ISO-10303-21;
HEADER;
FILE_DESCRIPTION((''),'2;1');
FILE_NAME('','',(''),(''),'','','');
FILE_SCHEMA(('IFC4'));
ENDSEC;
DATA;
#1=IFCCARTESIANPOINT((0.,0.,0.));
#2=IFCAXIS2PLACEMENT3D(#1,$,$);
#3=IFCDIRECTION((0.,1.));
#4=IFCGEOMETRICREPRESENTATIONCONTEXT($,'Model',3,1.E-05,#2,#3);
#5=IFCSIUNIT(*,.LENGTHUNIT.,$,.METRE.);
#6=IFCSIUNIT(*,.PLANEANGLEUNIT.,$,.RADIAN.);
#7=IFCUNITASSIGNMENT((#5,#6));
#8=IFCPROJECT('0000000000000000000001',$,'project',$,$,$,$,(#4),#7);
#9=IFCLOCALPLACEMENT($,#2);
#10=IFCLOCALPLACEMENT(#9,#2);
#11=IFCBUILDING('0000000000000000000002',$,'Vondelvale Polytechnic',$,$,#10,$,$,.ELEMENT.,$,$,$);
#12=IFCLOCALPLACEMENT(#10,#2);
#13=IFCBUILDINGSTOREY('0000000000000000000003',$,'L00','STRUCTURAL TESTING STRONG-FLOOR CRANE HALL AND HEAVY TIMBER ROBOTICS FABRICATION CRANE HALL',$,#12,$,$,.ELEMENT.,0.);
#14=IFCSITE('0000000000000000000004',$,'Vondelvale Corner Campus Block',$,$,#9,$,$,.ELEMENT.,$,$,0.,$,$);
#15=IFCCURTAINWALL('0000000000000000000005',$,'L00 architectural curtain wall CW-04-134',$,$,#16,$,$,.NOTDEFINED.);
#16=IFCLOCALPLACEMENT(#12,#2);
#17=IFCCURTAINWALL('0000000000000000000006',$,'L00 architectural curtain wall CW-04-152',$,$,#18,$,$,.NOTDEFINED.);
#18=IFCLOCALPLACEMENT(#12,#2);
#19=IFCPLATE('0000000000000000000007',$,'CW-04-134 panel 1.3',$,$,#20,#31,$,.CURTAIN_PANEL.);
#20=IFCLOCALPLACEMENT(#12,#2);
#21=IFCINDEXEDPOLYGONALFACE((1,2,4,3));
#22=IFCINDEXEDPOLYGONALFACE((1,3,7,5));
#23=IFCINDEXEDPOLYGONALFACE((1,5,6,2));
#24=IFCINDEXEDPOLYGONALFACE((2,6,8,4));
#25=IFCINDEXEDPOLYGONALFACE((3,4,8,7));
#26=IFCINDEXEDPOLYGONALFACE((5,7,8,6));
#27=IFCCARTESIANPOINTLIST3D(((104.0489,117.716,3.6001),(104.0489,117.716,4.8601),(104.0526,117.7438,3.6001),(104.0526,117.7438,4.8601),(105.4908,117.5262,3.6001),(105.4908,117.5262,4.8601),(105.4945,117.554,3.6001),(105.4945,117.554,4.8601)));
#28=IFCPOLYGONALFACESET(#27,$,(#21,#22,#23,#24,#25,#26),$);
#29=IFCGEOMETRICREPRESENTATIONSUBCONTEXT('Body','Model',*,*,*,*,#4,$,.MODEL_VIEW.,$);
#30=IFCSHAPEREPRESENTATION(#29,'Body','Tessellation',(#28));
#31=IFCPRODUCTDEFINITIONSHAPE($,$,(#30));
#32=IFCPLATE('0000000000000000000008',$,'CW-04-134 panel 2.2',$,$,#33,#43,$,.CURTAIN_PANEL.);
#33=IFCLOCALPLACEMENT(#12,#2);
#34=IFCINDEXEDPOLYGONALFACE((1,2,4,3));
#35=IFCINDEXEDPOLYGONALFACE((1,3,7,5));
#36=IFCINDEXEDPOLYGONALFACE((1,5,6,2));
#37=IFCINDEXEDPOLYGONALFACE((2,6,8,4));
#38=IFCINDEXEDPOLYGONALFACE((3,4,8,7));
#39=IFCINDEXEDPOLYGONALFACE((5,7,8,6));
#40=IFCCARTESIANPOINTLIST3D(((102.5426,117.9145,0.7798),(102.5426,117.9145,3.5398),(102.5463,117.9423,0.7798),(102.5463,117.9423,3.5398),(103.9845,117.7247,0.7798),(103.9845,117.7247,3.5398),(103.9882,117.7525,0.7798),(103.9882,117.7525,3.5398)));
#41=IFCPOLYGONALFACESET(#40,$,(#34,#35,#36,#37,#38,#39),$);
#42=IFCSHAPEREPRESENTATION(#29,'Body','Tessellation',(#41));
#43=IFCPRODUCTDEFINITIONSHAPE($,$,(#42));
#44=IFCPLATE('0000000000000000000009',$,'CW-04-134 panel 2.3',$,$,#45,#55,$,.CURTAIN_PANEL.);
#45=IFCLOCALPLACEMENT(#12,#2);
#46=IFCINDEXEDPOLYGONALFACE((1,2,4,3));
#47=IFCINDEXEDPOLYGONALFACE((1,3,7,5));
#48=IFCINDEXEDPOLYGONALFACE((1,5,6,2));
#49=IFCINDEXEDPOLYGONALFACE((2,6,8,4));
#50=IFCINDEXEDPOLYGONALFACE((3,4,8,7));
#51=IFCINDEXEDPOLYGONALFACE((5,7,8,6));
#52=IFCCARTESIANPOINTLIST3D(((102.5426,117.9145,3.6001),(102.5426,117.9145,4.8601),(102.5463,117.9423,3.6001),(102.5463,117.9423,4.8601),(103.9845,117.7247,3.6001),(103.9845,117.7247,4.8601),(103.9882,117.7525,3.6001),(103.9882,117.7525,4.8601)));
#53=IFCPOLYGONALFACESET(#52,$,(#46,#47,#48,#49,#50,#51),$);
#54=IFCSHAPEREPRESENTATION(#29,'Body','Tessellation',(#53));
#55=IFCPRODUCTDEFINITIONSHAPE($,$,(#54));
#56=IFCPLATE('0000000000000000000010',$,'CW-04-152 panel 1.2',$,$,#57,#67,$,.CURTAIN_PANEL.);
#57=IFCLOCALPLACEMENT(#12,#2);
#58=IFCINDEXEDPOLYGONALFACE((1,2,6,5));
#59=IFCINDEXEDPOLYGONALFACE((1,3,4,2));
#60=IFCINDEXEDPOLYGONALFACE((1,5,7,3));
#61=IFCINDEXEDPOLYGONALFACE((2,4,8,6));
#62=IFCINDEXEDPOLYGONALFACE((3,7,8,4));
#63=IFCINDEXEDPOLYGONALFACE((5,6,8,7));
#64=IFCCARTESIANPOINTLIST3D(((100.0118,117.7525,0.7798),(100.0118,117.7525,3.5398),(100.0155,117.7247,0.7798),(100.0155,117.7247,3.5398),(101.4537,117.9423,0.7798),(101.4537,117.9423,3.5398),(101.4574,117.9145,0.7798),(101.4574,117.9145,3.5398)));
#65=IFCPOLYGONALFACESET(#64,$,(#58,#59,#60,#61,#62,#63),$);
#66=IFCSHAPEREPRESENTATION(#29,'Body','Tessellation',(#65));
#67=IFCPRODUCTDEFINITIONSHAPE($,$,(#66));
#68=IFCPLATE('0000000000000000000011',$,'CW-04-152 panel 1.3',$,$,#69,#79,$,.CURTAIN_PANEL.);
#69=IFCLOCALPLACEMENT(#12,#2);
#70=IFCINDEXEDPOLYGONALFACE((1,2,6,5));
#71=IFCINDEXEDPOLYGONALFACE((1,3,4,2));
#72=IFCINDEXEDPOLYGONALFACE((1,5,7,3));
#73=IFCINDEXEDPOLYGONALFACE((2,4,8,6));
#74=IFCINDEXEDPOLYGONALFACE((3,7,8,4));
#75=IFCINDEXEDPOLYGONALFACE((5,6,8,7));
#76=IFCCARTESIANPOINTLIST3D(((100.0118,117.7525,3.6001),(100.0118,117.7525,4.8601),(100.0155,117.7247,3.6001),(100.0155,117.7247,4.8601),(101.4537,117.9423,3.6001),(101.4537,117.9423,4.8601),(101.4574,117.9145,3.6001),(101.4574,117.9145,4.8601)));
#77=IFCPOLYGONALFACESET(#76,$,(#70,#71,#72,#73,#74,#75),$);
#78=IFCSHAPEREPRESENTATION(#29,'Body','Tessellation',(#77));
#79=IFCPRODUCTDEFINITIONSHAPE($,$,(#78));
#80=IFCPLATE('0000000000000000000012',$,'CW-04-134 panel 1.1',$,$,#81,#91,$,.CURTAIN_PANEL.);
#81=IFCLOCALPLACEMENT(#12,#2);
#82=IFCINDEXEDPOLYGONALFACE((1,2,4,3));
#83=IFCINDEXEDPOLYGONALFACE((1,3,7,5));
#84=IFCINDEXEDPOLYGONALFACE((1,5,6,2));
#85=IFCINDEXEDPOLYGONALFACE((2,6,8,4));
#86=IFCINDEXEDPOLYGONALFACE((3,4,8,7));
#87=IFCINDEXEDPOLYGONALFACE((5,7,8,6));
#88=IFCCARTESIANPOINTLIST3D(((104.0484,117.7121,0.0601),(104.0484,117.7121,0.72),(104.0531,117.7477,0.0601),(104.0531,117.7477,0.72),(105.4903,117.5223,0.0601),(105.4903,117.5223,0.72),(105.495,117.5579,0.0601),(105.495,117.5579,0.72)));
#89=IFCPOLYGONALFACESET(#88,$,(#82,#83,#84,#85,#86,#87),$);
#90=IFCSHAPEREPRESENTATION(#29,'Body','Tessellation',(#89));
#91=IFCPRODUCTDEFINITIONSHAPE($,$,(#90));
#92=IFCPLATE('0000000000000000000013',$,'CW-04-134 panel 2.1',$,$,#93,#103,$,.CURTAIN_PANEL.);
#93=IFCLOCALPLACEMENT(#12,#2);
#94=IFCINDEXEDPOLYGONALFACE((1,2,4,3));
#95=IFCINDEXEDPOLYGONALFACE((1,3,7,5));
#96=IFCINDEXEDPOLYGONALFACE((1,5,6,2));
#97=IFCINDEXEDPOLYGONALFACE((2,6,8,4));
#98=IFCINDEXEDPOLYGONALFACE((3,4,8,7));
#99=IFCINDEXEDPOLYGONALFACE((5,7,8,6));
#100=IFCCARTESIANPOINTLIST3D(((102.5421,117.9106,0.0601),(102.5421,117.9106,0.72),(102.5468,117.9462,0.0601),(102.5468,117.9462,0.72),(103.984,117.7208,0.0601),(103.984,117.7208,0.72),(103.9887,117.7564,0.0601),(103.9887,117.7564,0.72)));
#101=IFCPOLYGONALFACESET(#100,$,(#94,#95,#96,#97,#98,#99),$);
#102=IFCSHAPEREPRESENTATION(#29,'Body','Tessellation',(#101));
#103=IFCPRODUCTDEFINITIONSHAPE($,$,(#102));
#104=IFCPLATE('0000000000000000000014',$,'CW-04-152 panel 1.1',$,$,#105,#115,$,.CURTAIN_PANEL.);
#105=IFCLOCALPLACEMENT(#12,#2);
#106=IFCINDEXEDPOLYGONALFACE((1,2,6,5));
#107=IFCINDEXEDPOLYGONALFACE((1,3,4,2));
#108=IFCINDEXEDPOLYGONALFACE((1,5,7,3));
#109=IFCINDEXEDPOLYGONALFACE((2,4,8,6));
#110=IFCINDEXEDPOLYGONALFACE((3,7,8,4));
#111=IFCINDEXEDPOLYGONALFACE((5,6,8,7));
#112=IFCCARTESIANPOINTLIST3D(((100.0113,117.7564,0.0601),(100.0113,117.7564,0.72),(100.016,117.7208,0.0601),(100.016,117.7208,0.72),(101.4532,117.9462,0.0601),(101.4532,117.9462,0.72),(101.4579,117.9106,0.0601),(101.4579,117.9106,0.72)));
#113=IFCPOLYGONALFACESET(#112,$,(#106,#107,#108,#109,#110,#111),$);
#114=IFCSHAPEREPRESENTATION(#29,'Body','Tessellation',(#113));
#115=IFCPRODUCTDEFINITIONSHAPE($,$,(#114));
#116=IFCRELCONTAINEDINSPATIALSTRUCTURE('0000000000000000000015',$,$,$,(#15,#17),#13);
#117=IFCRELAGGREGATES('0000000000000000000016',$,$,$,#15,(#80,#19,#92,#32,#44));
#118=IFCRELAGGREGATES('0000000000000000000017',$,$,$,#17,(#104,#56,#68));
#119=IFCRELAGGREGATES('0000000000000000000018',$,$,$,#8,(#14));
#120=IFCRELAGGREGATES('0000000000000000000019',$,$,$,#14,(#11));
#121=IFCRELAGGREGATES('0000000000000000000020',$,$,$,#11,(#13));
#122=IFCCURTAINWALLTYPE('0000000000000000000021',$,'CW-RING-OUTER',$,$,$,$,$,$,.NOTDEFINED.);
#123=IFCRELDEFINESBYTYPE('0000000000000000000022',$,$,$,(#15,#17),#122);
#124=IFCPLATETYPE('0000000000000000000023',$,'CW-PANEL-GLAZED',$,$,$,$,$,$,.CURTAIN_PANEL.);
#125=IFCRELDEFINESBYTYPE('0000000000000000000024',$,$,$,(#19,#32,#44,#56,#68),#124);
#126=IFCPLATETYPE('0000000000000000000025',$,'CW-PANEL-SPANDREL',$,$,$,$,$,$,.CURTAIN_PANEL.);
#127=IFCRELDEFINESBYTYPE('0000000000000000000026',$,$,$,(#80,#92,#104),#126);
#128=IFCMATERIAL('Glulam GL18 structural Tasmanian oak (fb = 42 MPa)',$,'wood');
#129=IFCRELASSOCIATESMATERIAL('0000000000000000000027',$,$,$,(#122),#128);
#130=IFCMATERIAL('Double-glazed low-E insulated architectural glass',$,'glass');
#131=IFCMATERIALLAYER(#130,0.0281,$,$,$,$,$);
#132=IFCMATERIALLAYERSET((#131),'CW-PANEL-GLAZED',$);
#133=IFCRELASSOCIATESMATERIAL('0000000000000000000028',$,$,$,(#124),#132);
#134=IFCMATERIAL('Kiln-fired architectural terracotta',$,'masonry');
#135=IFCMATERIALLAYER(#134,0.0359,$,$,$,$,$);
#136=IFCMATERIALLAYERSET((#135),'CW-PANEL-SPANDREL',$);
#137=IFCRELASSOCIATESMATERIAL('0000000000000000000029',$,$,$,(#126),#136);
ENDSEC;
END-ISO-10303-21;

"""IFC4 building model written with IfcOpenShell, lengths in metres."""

from ifc_helpers import new_model, si_unit, direction, frame, origin, origin_2d, place, context, subcontext, project, spatial, rectangle, extrude, material, layer, layer_set, type_object, element, aggregate, save


model = new_model("IFC4")

# Units and contexts
model_context = context("Model", 3, precision=1e-05, world=origin(), true_north=direction((0.0, 1.0)))
body_context = subcontext(model_context, "Body", "Model", "MODEL_VIEW")
ifc_project = project(units=[si_unit("LENGTHUNIT", "METRE"), si_unit("PLANEANGLEUNIT", "RADIAN")], contexts=[model_context])

# Site, building, storey
site_placement = place(None, origin())
site = spatial("IfcSite", under=ifc_project, at=site_placement, Name="Vondelvale Corner Campus Block", CompositionType="ELEMENT", RefElevation=0.0)
building_placement = place(site_placement, origin())
building = spatial("IfcBuilding", under=site, at=building_placement, Name="Vondelvale Polytechnic", CompositionType="ELEMENT")
storey_placement = place(building_placement, origin())
storey = spatial("IfcBuildingStorey", under=building, at=storey_placement, Name="L00", Description="STRUCTURAL TESTING STRONG-FLOOR CRANE HALL AND HEAVY TIMBER ROBOTICS FABRICATION CRANE HALL", CompositionType="ELEMENT", Elevation=0.0)

# Curtain wall
ifc_material_1 = material(Name="Glulam GL18 structural Tasmanian oak (fb = 42 MPa)", Category="wood")
curtain_wall_type = type_object("IfcCurtainWallType", Name="CW-RING-OUTER", PredefinedType="NOTDEFINED", material=ifc_material_1)
curtain_wall_1_placement = place(storey_placement, origin())
curtain_wall_1 = element("IfcCurtainWall", 1, at=curtain_wall_1_placement, inside=storey, type_object=curtain_wall_type, Name="L00 architectural curtain wall CW-04-134", PredefinedType="NOTDEFINED")

# Curtain wall
curtain_wall_2_placement = place(storey_placement, origin())
curtain_wall_2 = element("IfcCurtainWall", 2, at=curtain_wall_2_placement, inside=storey, type_object=curtain_wall_type, Name="L00 architectural curtain wall CW-04-152", PredefinedType="NOTDEFINED")

# Plates
ifc_material_2 = material(Name="Double-glazed low-E insulated architectural glass", Category="glass")
ifc_layer_1 = layer(ifc_material_2, 0.0281)
ifc_layer_set_1 = layer_set([ifc_layer_1], Name="CW-PANEL-GLAZED")
plate_type_1 = type_object("IfcPlateType", Name="CW-PANEL-GLAZED", PredefinedType="CURTAIN_PANEL", material=ifc_layer_set_1)
plate_1_placement = place(storey_placement, frame((104.7717, 117.635, 3.6001), z_axis=(0.0, 0.0, 1.0), x_axis=(-0.991445, 0.130524, 0.0)))
plate_1 = element("IfcPlate", 3, at=plate_1_placement, type_object=plate_type_1, Name="CW-04-134 panel 1.3", PredefinedType="CURTAIN_PANEL", context=body_context, shape_type="SweptSolid", body=[
    extrude(rectangle(XDim=1.4543, YDim=0.0281, at=origin_2d()), origin(), (0.0, 0.0, 1.0), 1.26),
])
plate_2_placement = place(storey_placement, frame((103.2654, 117.8335, 0.7798), z_axis=(0.0, 0.0, 1.0), x_axis=(-0.991445, 0.130524, 0.0)))
plate_2 = element("IfcPlate", 4, at=plate_2_placement, type_object=plate_type_1, Name="CW-04-134 panel 2.2", PredefinedType="CURTAIN_PANEL", context=body_context, shape_type="SweptSolid", body=[
    extrude(rectangle(XDim=1.4543, YDim=0.0281, at=origin_2d()), origin(), (0.0, 0.0, 1.0), 2.76),
])
plate_3_placement = place(storey_placement, frame((103.2654, 117.8335, 3.6001), z_axis=(0.0, 0.0, 1.0), x_axis=(-0.991445, 0.130524, 0.0)))
plate_3 = element("IfcPlate", 5, at=plate_3_placement, type_object=plate_type_1, Name="CW-04-134 panel 2.3", PredefinedType="CURTAIN_PANEL", context=body_context, shape_type="SweptSolid", body=[
    extrude(rectangle(XDim=1.4543, YDim=0.0281, at=origin_2d()), origin(), (0.0, 0.0, 1.0), 1.26),
])
plate_4_placement = place(storey_placement, frame((100.7346, 117.8335, 0.7798), z_axis=(0.0, 0.0, 1.0), x_axis=(-0.991445, -0.130524, 0.0)))
plate_4 = element("IfcPlate", 6, at=plate_4_placement, type_object=plate_type_1, Name="CW-04-152 panel 1.2", PredefinedType="CURTAIN_PANEL", context=body_context, shape_type="SweptSolid", body=[
    extrude(rectangle(XDim=1.4543, YDim=0.0281, at=origin_2d()), origin(), (0.0, 0.0, 1.0), 2.76),
])
plate_5_placement = place(storey_placement, frame((100.7346, 117.8335, 3.6001), z_axis=(0.0, 0.0, 1.0), x_axis=(-0.991445, -0.130524, 0.0)))
plate_5 = element("IfcPlate", 7, at=plate_5_placement, type_object=plate_type_1, Name="CW-04-152 panel 1.3", PredefinedType="CURTAIN_PANEL", context=body_context, shape_type="SweptSolid", body=[
    extrude(rectangle(XDim=1.4543, YDim=0.0281, at=origin_2d()), origin(), (0.0, 0.0, 1.0), 1.26),
])
ifc_material_3 = material(Name="Kiln-fired architectural terracotta", Category="masonry")
ifc_layer_2 = layer(ifc_material_3, 0.0359)
ifc_layer_set_2 = layer_set([ifc_layer_2], Name="CW-PANEL-SPANDREL")
plate_type_2 = type_object("IfcPlateType", Name="CW-PANEL-SPANDREL", PredefinedType="CURTAIN_PANEL", material=ifc_layer_set_2)
plate_6_placement = place(storey_placement, frame((104.7717, 117.635, 0.0601), z_axis=(0.0, 0.0, 1.0), x_axis=(-0.991445, 0.130524, 0.0)))
plate_6 = element("IfcPlate", 8, at=plate_6_placement, type_object=plate_type_2, Name="CW-04-134 panel 1.1", PredefinedType="CURTAIN_PANEL", context=body_context, shape_type="SweptSolid", body=[
    extrude(rectangle(XDim=1.4543, YDim=0.0359, at=origin_2d()), origin(), (0.0, 0.0, 1.0), 0.6599),
])
plate_7_placement = place(storey_placement, frame((103.2654, 117.8335, 0.0601), z_axis=(0.0, 0.0, 1.0), x_axis=(-0.991445, 0.130524, 0.0)))
plate_7 = element("IfcPlate", 9, at=plate_7_placement, type_object=plate_type_2, Name="CW-04-134 panel 2.1", PredefinedType="CURTAIN_PANEL", context=body_context, shape_type="SweptSolid", body=[
    extrude(rectangle(XDim=1.4543, YDim=0.0359, at=origin_2d()), origin(), (0.0, 0.0, 1.0), 0.6599),
])
aggregate(curtain_wall_1, [plate_6, plate_1, plate_7, plate_2, plate_3])
plate_8_placement = place(storey_placement, frame((100.7346, 117.8335, 0.0601), z_axis=(0.0, 0.0, 1.0), x_axis=(-0.991445, -0.130524, 0.0)))
plate_8 = element("IfcPlate", 10, at=plate_8_placement, type_object=plate_type_2, Name="CW-04-152 panel 1.1", PredefinedType="CURTAIN_PANEL", context=body_context, shape_type="SweptSolid", body=[
    extrude(rectangle(XDim=1.4543, YDim=0.0359, at=origin_2d()), origin(), (0.0, 0.0, 1.0), 0.6599),
])
aggregate(curtain_wall_2, [plate_8, plate_4, plate_5])

save(model, "model.ifc")
